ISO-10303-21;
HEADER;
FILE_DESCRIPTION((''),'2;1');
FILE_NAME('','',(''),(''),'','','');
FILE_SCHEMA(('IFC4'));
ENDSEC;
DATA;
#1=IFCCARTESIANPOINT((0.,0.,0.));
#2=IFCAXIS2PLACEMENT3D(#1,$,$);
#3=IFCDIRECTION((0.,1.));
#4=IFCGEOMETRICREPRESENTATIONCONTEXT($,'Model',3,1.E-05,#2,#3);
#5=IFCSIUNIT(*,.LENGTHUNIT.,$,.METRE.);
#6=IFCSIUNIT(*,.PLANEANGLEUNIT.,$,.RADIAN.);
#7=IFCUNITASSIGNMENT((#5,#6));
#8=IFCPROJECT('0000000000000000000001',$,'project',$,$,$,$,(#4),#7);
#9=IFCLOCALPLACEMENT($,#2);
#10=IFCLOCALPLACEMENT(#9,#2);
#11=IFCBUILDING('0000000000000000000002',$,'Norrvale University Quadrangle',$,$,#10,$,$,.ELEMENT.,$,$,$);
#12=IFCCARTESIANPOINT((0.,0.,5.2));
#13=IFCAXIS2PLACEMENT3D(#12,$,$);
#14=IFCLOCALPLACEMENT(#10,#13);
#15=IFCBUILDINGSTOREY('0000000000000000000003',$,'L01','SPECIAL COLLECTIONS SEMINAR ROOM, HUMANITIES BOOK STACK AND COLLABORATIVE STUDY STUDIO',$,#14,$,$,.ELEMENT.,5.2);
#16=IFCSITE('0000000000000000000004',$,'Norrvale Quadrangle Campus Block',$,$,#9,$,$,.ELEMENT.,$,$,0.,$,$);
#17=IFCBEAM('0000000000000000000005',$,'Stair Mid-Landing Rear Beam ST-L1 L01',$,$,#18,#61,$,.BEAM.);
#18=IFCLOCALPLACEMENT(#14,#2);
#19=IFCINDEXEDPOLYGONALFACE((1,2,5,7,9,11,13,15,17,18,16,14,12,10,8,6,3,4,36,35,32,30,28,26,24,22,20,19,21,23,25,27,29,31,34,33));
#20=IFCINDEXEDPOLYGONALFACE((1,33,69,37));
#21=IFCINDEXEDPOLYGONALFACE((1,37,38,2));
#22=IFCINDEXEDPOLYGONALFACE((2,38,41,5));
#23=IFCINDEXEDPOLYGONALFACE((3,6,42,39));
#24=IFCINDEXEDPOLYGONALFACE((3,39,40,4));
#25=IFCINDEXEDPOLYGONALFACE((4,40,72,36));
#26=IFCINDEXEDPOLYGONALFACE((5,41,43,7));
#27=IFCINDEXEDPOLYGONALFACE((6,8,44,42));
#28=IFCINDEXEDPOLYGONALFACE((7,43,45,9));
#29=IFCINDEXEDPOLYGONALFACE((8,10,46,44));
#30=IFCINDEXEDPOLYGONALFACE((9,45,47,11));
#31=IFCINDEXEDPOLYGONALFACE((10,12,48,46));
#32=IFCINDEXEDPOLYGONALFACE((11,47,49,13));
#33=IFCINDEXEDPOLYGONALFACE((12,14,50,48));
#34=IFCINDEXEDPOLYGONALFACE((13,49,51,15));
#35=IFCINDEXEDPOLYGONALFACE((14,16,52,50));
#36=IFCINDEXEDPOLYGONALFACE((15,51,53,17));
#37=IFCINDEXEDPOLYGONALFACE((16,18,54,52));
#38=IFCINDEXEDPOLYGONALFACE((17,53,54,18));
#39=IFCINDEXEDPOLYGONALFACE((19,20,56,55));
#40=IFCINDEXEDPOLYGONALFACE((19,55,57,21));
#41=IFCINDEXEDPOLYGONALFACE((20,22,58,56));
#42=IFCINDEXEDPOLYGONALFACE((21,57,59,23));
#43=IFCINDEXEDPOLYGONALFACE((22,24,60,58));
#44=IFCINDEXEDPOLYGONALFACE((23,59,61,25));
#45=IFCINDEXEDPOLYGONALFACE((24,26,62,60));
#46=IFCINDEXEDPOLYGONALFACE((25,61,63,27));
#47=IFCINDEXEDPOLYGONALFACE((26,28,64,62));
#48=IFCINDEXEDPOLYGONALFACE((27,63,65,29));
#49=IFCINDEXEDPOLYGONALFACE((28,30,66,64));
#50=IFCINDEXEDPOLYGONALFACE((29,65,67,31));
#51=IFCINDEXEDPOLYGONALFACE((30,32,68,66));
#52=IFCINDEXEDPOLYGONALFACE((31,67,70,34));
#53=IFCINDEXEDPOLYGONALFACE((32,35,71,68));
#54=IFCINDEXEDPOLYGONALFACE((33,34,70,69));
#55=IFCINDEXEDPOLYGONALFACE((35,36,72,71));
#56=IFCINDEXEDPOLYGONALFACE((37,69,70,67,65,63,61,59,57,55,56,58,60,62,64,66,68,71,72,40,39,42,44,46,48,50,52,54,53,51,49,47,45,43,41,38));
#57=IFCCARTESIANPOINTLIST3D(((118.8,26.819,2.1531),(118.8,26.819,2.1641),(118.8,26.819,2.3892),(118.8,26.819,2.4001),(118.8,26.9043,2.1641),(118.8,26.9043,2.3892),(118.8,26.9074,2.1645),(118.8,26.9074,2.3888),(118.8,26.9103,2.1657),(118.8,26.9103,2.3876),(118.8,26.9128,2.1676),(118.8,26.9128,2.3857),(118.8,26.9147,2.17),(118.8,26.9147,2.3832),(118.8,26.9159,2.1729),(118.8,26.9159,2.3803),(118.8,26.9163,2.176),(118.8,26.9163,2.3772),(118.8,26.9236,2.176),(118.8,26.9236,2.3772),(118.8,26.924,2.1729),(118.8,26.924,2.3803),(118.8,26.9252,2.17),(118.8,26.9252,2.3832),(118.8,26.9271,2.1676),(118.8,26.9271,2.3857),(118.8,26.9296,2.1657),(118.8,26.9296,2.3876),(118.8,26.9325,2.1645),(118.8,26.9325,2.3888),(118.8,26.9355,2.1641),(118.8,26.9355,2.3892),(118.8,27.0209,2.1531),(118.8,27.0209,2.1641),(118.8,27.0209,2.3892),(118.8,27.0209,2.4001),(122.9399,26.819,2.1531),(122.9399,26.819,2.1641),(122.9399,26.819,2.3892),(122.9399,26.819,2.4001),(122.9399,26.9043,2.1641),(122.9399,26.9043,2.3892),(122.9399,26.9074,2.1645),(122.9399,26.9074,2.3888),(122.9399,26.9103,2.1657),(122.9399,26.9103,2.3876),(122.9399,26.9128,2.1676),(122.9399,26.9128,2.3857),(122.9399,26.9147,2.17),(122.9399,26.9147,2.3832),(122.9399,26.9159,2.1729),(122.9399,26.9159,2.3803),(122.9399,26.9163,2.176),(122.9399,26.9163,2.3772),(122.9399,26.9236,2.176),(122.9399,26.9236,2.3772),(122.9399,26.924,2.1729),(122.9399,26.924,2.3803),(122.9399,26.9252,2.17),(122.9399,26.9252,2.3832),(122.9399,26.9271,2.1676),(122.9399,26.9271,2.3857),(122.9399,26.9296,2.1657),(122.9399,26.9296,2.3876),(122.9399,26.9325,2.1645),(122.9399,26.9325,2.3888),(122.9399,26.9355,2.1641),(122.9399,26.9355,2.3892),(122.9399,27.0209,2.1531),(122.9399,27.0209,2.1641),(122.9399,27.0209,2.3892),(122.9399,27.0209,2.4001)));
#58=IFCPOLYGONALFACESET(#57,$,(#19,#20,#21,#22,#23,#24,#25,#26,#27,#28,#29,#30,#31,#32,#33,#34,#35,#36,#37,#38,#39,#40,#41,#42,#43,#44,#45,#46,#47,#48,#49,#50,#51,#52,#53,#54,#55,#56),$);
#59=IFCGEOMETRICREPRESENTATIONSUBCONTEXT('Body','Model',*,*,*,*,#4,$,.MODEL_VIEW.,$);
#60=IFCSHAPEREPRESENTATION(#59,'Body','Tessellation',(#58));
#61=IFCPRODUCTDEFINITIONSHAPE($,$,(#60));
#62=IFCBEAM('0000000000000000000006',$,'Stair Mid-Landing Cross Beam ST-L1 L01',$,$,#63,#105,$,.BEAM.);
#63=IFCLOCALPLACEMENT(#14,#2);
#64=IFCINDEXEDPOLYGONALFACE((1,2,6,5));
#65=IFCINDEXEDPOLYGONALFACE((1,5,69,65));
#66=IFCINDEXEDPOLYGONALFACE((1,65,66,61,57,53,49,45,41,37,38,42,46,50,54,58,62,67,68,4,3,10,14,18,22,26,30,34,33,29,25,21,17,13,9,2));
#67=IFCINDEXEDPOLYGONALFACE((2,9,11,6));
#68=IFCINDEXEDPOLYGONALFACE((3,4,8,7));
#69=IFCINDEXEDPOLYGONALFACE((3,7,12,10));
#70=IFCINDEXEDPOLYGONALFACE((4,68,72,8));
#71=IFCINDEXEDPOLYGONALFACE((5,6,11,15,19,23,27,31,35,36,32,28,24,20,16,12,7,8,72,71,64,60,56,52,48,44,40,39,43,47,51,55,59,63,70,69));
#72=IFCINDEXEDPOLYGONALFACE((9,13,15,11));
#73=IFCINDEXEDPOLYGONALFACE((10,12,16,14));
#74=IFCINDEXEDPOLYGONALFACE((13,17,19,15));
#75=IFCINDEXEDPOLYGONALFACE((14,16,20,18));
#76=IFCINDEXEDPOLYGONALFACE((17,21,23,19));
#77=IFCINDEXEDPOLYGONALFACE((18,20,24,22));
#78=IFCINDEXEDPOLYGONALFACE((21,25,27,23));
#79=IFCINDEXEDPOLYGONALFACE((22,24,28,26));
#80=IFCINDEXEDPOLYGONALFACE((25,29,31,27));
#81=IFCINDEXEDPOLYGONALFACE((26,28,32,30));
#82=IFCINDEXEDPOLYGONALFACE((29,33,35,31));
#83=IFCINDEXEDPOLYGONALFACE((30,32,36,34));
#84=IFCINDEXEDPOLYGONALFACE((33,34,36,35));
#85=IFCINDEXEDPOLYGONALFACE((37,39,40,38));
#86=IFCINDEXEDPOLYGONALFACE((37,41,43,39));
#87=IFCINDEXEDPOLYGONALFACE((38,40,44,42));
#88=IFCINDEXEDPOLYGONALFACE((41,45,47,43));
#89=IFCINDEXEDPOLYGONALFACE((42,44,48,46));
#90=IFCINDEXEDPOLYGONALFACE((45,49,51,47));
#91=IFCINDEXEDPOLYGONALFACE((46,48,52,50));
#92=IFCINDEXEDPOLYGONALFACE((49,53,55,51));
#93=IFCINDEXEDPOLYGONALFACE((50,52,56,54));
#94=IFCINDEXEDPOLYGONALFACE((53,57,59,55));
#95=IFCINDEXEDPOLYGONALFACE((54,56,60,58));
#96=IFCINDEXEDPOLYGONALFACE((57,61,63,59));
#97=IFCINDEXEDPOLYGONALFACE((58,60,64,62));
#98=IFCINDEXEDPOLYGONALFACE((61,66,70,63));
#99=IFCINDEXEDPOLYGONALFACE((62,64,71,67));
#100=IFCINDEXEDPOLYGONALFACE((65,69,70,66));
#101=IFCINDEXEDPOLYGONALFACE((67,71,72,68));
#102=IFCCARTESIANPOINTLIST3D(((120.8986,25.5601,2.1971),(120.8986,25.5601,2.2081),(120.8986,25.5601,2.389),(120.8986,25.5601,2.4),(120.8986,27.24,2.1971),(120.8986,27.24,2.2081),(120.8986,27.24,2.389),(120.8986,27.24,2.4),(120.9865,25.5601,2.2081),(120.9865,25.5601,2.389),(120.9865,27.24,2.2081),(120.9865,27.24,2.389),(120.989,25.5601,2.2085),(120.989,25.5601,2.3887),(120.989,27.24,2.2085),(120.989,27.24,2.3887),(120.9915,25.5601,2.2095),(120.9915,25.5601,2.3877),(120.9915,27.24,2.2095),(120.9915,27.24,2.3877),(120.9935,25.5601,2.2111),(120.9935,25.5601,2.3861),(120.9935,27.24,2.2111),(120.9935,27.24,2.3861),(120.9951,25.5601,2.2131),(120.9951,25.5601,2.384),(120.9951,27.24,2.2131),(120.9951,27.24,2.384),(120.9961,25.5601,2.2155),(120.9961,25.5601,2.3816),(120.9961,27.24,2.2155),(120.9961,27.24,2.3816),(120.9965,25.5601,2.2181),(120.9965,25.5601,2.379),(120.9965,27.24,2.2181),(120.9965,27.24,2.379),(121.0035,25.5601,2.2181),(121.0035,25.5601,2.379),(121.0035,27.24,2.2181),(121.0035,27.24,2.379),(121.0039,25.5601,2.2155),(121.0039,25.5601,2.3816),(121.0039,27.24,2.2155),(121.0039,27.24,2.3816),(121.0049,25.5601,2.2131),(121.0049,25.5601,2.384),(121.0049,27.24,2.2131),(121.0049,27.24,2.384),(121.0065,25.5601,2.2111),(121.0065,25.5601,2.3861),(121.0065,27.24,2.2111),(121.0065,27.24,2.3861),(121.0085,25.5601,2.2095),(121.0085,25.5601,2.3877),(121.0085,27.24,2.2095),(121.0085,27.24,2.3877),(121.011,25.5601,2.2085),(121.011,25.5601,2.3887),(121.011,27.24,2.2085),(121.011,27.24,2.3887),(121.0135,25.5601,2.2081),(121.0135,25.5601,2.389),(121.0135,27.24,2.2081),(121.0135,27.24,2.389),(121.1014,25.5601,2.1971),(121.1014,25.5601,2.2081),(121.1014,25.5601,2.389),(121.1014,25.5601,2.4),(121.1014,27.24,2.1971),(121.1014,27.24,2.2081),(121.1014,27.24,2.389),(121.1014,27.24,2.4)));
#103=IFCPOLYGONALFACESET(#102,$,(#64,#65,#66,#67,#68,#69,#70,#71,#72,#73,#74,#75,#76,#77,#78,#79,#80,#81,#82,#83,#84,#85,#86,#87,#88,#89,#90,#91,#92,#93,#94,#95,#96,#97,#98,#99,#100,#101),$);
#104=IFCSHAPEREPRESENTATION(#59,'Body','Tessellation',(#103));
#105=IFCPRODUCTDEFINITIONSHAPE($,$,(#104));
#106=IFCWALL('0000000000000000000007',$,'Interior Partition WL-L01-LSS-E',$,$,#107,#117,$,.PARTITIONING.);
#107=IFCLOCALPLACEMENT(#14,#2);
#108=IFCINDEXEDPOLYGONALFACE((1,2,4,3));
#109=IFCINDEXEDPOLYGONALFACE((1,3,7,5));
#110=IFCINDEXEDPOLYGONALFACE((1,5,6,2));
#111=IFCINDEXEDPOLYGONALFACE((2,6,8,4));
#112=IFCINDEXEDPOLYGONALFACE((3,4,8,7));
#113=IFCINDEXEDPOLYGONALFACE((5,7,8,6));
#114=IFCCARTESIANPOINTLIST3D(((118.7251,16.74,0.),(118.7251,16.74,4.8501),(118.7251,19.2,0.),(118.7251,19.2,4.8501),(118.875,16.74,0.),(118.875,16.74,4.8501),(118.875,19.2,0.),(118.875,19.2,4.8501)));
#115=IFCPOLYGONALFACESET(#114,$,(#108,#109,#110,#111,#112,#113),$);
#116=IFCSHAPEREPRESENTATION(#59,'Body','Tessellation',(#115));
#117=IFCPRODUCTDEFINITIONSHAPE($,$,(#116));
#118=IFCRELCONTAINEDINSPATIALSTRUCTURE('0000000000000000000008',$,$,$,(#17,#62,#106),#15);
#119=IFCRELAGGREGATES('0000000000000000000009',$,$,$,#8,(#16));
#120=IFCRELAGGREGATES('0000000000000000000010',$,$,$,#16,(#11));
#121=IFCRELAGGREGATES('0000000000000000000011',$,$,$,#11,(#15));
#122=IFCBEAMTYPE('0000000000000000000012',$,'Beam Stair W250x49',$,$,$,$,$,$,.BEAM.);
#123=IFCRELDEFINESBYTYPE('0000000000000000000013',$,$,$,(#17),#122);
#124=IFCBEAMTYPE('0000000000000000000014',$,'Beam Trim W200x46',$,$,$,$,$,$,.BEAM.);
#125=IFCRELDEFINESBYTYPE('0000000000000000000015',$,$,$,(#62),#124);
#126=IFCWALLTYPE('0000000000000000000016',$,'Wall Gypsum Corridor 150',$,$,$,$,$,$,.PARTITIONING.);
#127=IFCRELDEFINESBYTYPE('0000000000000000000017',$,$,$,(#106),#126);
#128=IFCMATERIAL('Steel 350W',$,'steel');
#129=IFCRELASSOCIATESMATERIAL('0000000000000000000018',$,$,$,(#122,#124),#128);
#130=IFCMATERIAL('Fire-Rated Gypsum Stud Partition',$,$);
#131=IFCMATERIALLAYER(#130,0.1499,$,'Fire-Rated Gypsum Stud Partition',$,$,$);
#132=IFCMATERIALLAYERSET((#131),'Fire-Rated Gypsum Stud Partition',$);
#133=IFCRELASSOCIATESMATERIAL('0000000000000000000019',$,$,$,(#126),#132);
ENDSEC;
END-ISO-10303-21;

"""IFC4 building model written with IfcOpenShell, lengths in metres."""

from ifc_helpers import new_model, si_unit, direction, frame, frame_2d, origin, origin_2d, place, context, subcontext, project, spatial, rectangle, i_section, extrude, material, layer, layer_set, material_profile, profile_set, type_object, element, save


model = new_model("IFC4")

# Units and contexts
model_context = context("Model", 3, precision=1e-05, world=origin(), true_north=direction((0.0, 1.0)))
body_context = subcontext(model_context, "Body", "Model", "MODEL_VIEW")
ifc_project = project(units=[si_unit("LENGTHUNIT", "METRE"), si_unit("PLANEANGLEUNIT", "RADIAN")], contexts=[model_context])

# Site, building, storey
site_placement = place(None, origin())
site = spatial("IfcSite", under=ifc_project, at=site_placement, Name="Norrvale Quadrangle Campus Block", CompositionType="ELEMENT", RefElevation=0.0)
building_placement = place(site_placement, origin())
building = spatial("IfcBuilding", under=site, at=building_placement, Name="Norrvale University Quadrangle", CompositionType="ELEMENT")
storey_placement = place(building_placement, frame((0.0, 0.0, 5.2)))
storey = spatial("IfcBuildingStorey", under=building, at=storey_placement, Name="L01", Description="SPECIAL COLLECTIONS SEMINAR ROOM, HUMANITIES BOOK STACK AND COLLABORATIVE STUDY STUDIO", CompositionType="ELEMENT", Elevation=5.2)

# Beams
ifc_material_1 = material(Name="Steel 350W", Category="steel")
ifc_material_profile_1 = material_profile(ifc_material_1, i_section(OverallWidth=0.2019, OverallDepth=0.2471, WebThickness=0.0073, FlangeThickness=0.011, FilletRadius=0.012, at=origin_2d()), Name="Steel 350W")
ifc_profile_set_1 = profile_set([ifc_material_profile_1], Name="Steel 350W")
beam_type_1 = type_object("IfcBeamType", Name="Beam Stair W250x49", PredefinedType="BEAM", material=ifc_profile_set_1)
for number, where, z_axis, x_axis, name in (
    (1, (118.8, 26.9199, 2.2766), (1.0, 0.0, 0.0), (0.0, 1.0, 0.0), "Stair Mid-Landing Rear Beam ST-L1 L01"),
):
    element("IfcBeam", number, at=place(storey_placement, frame(where, z_axis=z_axis, x_axis=x_axis)), inside=storey, type_object=beam_type_1, Name=name, PredefinedType="BEAM", context=body_context, shape_type="SweptSolid", body=[
        extrude(i_section(OverallWidth=0.2019, OverallDepth=0.2471, WebThickness=0.0073, FlangeThickness=0.011, FilletRadius=0.012, at=origin_2d()), origin(), (0.0, 0.0, 1.0), 4.1399),
    ])
ifc_material_profile_2 = material_profile(ifc_material_1, i_section(OverallWidth=0.2029, OverallDepth=0.2029, WebThickness=0.0071, FlangeThickness=0.011, FilletRadius=0.01, at=origin_2d()), Name="Steel 350W")
ifc_profile_set_2 = profile_set([ifc_material_profile_2], Name="Steel 350W")
beam_type_2 = type_object("IfcBeamType", Name="Beam Trim W200x46", PredefinedType="BEAM", material=ifc_profile_set_2)
beam_1_placement = place(storey_placement, frame((121.0, 25.5601, 2.2986), z_axis=(0.0, 1.0, 0.0), x_axis=(-1.0, 0.0, 0.0)))
element("IfcBeam", 2, at=beam_1_placement, inside=storey, type_object=beam_type_2, Name="Stair Mid-Landing Cross Beam ST-L1 L01", PredefinedType="BEAM", context=body_context, shape_type="SweptSolid", body=[
    extrude(i_section(OverallWidth=0.2029, OverallDepth=0.2029, WebThickness=0.0071, FlangeThickness=0.011, FilletRadius=0.01, at=origin_2d()), origin(), (0.0, 0.0, 1.0), 1.6799),
])

# Wall
ifc_material_2 = material(Name="Fire-Rated Gypsum Stud Partition")
ifc_layer_1 = layer(ifc_material_2, 0.1499, Name="Fire-Rated Gypsum Stud Partition")
ifc_layer_set_1 = layer_set([ifc_layer_1], Name="Fire-Rated Gypsum Stud Partition")
wall_type_1 = type_object("IfcWallType", Name="Wall Gypsum Corridor 150", PredefinedType="PARTITIONING", material=ifc_layer_set_1)
wall_1_placement = place(storey_placement, frame((118.8, 16.74, 0.0), z_axis=(0.0, 0.0, 1.0), x_axis=(0.0, 1.0, 0.0)))
element("IfcWall", 3, at=wall_1_placement, inside=storey, type_object=wall_type_1, Name="Interior Partition WL-L01-LSS-E", PredefinedType="PARTITIONING", context=body_context, shape_type="SweptSolid", body=[
    extrude(rectangle(XDim=2.46, YDim=0.1499, at=frame_2d((1.23, 0.0))), origin(), (0.0, 0.0, 1.0), 4.8501),
])

save(model, "model.ifc")
